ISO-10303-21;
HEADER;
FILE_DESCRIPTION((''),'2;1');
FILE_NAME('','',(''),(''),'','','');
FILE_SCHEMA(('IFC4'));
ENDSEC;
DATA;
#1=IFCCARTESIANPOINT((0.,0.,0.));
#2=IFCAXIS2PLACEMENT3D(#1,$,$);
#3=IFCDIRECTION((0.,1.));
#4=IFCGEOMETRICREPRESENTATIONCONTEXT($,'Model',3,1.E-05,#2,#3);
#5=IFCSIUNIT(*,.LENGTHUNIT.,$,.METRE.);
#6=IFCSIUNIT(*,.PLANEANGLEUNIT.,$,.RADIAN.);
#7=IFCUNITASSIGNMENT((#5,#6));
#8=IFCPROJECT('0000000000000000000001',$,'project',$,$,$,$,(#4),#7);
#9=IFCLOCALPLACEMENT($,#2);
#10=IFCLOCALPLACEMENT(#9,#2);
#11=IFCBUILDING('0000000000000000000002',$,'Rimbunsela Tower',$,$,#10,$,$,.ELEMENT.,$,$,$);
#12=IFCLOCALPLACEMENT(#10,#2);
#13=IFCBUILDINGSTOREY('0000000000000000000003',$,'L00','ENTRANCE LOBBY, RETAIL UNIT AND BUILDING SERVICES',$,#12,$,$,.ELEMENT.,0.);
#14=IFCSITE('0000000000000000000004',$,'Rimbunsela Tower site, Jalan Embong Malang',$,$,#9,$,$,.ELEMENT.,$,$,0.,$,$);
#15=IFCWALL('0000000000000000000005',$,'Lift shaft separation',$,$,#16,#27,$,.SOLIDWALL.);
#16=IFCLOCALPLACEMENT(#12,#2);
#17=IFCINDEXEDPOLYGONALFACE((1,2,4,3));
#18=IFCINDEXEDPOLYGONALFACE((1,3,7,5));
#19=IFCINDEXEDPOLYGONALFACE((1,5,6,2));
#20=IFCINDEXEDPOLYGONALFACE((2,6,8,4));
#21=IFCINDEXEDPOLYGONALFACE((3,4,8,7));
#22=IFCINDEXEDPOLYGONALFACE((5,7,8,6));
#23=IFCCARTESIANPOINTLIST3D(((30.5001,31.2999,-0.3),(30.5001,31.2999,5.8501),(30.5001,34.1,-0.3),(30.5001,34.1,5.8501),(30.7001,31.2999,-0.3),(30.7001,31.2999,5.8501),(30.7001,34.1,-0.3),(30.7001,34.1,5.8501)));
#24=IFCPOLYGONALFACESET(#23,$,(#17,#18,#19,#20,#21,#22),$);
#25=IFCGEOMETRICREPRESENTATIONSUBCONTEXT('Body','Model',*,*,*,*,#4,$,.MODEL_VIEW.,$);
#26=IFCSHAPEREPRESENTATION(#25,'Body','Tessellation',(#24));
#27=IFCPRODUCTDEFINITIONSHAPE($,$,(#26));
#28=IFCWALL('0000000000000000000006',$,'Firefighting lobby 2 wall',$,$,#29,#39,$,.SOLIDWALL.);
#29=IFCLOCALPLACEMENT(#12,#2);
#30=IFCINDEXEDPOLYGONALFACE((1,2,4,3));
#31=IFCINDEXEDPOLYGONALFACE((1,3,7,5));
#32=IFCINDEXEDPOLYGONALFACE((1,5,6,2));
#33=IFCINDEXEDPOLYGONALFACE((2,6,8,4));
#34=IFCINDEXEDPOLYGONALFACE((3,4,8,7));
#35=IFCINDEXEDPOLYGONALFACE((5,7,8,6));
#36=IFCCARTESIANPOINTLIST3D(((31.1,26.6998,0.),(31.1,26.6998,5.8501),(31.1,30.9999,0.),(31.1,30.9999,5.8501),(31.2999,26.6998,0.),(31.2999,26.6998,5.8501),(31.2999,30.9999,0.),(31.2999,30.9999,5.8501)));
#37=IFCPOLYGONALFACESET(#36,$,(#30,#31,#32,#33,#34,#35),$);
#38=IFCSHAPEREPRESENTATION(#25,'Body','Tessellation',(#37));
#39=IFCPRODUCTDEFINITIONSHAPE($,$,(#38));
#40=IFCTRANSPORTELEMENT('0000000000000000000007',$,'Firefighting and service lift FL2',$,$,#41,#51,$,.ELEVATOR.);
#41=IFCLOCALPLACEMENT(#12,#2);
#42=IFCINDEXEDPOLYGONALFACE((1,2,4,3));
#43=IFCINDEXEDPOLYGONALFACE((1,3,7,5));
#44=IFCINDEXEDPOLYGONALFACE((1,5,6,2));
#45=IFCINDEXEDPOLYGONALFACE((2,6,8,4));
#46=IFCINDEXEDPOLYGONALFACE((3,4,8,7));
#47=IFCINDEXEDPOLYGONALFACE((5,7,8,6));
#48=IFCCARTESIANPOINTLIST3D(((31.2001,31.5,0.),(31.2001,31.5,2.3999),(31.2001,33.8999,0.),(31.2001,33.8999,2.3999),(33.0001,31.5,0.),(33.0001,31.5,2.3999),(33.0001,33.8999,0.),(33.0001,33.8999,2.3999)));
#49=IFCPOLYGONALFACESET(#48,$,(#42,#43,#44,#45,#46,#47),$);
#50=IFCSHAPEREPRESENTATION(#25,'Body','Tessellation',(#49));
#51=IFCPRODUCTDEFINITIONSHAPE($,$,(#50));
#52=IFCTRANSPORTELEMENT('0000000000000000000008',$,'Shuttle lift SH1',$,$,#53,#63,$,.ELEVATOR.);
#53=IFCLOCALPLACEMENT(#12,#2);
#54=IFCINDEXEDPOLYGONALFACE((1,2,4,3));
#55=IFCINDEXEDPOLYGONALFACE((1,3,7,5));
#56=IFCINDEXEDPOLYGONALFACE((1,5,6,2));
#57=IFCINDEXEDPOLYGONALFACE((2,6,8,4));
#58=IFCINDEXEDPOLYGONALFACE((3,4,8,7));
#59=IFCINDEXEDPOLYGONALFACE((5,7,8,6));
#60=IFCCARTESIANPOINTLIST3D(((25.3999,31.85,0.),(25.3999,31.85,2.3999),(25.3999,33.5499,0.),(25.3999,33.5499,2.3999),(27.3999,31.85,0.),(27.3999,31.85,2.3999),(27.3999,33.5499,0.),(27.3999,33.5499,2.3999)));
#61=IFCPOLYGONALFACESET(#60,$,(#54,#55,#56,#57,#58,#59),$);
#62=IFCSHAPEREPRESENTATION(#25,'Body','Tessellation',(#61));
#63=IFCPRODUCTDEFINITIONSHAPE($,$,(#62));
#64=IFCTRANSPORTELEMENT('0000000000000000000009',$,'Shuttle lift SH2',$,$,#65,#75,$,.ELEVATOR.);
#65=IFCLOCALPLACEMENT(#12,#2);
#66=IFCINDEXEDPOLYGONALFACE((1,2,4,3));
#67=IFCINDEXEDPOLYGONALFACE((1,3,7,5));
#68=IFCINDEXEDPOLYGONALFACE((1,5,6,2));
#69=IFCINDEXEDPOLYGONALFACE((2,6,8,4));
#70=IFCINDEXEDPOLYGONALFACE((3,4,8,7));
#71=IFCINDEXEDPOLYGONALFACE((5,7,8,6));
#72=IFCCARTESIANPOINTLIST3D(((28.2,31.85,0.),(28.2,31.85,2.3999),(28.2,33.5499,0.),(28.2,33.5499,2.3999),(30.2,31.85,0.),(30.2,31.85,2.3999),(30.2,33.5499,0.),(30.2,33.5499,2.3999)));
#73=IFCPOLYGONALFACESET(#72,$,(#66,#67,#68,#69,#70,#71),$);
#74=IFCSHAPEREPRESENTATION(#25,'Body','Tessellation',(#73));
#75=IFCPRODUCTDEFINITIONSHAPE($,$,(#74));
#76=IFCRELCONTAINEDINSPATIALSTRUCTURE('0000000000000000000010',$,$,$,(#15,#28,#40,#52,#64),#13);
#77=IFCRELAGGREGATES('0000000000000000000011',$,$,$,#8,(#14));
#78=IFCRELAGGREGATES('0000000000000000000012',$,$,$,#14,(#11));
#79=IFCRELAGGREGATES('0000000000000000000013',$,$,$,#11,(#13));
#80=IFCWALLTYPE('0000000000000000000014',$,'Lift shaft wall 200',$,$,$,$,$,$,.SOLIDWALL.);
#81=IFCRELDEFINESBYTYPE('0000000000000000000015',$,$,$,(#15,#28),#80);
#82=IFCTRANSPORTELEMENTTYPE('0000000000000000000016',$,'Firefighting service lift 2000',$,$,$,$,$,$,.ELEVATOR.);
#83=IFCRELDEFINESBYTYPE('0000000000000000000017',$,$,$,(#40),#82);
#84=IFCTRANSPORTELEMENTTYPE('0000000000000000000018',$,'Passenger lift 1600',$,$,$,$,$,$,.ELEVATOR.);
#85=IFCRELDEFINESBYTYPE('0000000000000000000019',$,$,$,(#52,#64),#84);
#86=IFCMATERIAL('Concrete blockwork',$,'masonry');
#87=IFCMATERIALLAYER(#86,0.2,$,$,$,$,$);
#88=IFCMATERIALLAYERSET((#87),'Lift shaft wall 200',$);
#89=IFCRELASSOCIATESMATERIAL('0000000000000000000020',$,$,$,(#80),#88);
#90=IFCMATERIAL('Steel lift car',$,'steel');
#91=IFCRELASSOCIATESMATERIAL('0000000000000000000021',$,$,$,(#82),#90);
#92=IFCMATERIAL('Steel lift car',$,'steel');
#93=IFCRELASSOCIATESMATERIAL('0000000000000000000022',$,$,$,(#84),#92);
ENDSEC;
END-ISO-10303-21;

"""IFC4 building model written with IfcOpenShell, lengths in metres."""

from ifc_helpers import new_model, si_unit, direction, frame, frame_2d, origin, origin_2d, place, context, subcontext, project, spatial, rectangle, extrude, material, layer, layer_set, type_object, element, save


model = new_model("IFC4")

# Units and contexts
model_context = context("Model", 3, precision=1e-05, world=origin(), true_north=direction((0.0, 1.0)))
body_context = subcontext(model_context, "Body", "Model", "MODEL_VIEW")
ifc_project = project(units=[si_unit("LENGTHUNIT", "METRE"), si_unit("PLANEANGLEUNIT", "RADIAN")], contexts=[model_context])

# Site, building, storey
site_placement = place(None, origin())
site = spatial("IfcSite", under=ifc_project, at=site_placement, Name="Rimbunsela Tower site, Jalan Embong Malang", CompositionType="ELEMENT", RefElevation=0.0)
building_placement = place(site_placement, origin())
building = spatial("IfcBuilding", under=site, at=building_placement, Name="Rimbunsela Tower", CompositionType="ELEMENT")
storey_placement = place(building_placement, origin())
storey = spatial("IfcBuildingStorey", under=building, at=storey_placement, Name="L00", Description="ENTRANCE LOBBY, RETAIL UNIT AND BUILDING SERVICES", CompositionType="ELEMENT", Elevation=0.0)

# Walls
ifc_material_1 = material(Name="Concrete blockwork", Category="masonry")
ifc_layer_1 = layer(ifc_material_1, 0.2)
ifc_layer_set_1 = layer_set([ifc_layer_1], Name="Lift shaft wall 200")
wall_type_1 = type_object("IfcWallType", Name="Lift shaft wall 200", PredefinedType="SOLIDWALL", material=ifc_layer_set_1)
for number, where, z_axis, x_axis, name in (
    (1, (30.6001, 31.3, -0.3), (0.0, 0.0, 1.0), (0.0, 1.0, 0.0), "Lift shaft separation"),
):
    element("IfcWall", number, at=place(storey_placement, frame(where, z_axis=z_axis, x_axis=x_axis)), inside=storey, type_object=wall_type_1, Name=name, PredefinedType="SOLIDWALL", context=body_context, shape_type="SweptSolid", body=[
        extrude(rectangle(XDim=2.8, YDim=0.2, at=frame_2d((1.3999, 0.0))), origin(), (0.0, 0.0, 1.0), 6.1501),
    ])
wall_1_placement = place(storey_placement, frame((31.2, 26.7, 0.0), z_axis=(0.0, 0.0, 1.0), x_axis=(0.0, 1.0, 0.0)))
element("IfcWall", 2, at=wall_1_placement, inside=storey, type_object=wall_type_1, Name="Firefighting lobby 2 wall", PredefinedType="SOLIDWALL", context=body_context, shape_type="SweptSolid", body=[
    extrude(rectangle(XDim=4.3, YDim=0.2, at=frame_2d((2.1499, 0.0))), origin(), (0.0, 0.0, 1.0), 5.8501),
])

# Transport elements
ifc_material_2 = material(Name="Steel lift car", Category="steel")
transport_element_type_1 = type_object("IfcTransportElementType", Name="Firefighting service lift 2000", PredefinedType="ELEVATOR", material=ifc_material_2)
transport_element_placement = place(storey_placement, frame((32.1001, 32.7, 0.0), z_axis=(0.0, 0.0, 1.0), x_axis=(1.0, 0.0, 0.0)))
element("IfcTransportElement", 3, at=transport_element_placement, inside=storey, type_object=transport_element_type_1, Name="Firefighting and service lift FL2", PredefinedType="ELEVATOR", context=body_context, shape_type="SweptSolid", body=[
    extrude(rectangle(XDim=1.8, YDim=2.3999, at=origin_2d()), origin(), (0.0, 0.0, 1.0), 2.3999),
])
ifc_material_3 = material(Name="Steel lift car", Category="steel")
transport_element_type_2 = type_object("IfcTransportElementType", Name="Passenger lift 1600", PredefinedType="ELEVATOR", material=ifc_material_3)
for number, where, z_axis, x_axis, name in (
    (4, (26.3999, 32.7, 0.0), (0.0, 0.0, 1.0), (1.0, 0.0, 0.0), "Shuttle lift SH1"),
    (5, (29.2, 32.7, 0.0), (0.0, 0.0, 1.0), (1.0, 0.0, 0.0), "Shuttle lift SH2"),
):
    element("IfcTransportElement", number, at=place(storey_placement, frame(where, z_axis=z_axis, x_axis=x_axis)), inside=storey, type_object=transport_element_type_2, Name=name, PredefinedType="ELEVATOR", context=body_context, shape_type="SweptSolid", body=[
        extrude(rectangle(XDim=2.0, YDim=1.7, at=origin_2d()), origin(), (0.0, 0.0, 1.0), 2.3999),
    ])

save(model, "model.ifc")
